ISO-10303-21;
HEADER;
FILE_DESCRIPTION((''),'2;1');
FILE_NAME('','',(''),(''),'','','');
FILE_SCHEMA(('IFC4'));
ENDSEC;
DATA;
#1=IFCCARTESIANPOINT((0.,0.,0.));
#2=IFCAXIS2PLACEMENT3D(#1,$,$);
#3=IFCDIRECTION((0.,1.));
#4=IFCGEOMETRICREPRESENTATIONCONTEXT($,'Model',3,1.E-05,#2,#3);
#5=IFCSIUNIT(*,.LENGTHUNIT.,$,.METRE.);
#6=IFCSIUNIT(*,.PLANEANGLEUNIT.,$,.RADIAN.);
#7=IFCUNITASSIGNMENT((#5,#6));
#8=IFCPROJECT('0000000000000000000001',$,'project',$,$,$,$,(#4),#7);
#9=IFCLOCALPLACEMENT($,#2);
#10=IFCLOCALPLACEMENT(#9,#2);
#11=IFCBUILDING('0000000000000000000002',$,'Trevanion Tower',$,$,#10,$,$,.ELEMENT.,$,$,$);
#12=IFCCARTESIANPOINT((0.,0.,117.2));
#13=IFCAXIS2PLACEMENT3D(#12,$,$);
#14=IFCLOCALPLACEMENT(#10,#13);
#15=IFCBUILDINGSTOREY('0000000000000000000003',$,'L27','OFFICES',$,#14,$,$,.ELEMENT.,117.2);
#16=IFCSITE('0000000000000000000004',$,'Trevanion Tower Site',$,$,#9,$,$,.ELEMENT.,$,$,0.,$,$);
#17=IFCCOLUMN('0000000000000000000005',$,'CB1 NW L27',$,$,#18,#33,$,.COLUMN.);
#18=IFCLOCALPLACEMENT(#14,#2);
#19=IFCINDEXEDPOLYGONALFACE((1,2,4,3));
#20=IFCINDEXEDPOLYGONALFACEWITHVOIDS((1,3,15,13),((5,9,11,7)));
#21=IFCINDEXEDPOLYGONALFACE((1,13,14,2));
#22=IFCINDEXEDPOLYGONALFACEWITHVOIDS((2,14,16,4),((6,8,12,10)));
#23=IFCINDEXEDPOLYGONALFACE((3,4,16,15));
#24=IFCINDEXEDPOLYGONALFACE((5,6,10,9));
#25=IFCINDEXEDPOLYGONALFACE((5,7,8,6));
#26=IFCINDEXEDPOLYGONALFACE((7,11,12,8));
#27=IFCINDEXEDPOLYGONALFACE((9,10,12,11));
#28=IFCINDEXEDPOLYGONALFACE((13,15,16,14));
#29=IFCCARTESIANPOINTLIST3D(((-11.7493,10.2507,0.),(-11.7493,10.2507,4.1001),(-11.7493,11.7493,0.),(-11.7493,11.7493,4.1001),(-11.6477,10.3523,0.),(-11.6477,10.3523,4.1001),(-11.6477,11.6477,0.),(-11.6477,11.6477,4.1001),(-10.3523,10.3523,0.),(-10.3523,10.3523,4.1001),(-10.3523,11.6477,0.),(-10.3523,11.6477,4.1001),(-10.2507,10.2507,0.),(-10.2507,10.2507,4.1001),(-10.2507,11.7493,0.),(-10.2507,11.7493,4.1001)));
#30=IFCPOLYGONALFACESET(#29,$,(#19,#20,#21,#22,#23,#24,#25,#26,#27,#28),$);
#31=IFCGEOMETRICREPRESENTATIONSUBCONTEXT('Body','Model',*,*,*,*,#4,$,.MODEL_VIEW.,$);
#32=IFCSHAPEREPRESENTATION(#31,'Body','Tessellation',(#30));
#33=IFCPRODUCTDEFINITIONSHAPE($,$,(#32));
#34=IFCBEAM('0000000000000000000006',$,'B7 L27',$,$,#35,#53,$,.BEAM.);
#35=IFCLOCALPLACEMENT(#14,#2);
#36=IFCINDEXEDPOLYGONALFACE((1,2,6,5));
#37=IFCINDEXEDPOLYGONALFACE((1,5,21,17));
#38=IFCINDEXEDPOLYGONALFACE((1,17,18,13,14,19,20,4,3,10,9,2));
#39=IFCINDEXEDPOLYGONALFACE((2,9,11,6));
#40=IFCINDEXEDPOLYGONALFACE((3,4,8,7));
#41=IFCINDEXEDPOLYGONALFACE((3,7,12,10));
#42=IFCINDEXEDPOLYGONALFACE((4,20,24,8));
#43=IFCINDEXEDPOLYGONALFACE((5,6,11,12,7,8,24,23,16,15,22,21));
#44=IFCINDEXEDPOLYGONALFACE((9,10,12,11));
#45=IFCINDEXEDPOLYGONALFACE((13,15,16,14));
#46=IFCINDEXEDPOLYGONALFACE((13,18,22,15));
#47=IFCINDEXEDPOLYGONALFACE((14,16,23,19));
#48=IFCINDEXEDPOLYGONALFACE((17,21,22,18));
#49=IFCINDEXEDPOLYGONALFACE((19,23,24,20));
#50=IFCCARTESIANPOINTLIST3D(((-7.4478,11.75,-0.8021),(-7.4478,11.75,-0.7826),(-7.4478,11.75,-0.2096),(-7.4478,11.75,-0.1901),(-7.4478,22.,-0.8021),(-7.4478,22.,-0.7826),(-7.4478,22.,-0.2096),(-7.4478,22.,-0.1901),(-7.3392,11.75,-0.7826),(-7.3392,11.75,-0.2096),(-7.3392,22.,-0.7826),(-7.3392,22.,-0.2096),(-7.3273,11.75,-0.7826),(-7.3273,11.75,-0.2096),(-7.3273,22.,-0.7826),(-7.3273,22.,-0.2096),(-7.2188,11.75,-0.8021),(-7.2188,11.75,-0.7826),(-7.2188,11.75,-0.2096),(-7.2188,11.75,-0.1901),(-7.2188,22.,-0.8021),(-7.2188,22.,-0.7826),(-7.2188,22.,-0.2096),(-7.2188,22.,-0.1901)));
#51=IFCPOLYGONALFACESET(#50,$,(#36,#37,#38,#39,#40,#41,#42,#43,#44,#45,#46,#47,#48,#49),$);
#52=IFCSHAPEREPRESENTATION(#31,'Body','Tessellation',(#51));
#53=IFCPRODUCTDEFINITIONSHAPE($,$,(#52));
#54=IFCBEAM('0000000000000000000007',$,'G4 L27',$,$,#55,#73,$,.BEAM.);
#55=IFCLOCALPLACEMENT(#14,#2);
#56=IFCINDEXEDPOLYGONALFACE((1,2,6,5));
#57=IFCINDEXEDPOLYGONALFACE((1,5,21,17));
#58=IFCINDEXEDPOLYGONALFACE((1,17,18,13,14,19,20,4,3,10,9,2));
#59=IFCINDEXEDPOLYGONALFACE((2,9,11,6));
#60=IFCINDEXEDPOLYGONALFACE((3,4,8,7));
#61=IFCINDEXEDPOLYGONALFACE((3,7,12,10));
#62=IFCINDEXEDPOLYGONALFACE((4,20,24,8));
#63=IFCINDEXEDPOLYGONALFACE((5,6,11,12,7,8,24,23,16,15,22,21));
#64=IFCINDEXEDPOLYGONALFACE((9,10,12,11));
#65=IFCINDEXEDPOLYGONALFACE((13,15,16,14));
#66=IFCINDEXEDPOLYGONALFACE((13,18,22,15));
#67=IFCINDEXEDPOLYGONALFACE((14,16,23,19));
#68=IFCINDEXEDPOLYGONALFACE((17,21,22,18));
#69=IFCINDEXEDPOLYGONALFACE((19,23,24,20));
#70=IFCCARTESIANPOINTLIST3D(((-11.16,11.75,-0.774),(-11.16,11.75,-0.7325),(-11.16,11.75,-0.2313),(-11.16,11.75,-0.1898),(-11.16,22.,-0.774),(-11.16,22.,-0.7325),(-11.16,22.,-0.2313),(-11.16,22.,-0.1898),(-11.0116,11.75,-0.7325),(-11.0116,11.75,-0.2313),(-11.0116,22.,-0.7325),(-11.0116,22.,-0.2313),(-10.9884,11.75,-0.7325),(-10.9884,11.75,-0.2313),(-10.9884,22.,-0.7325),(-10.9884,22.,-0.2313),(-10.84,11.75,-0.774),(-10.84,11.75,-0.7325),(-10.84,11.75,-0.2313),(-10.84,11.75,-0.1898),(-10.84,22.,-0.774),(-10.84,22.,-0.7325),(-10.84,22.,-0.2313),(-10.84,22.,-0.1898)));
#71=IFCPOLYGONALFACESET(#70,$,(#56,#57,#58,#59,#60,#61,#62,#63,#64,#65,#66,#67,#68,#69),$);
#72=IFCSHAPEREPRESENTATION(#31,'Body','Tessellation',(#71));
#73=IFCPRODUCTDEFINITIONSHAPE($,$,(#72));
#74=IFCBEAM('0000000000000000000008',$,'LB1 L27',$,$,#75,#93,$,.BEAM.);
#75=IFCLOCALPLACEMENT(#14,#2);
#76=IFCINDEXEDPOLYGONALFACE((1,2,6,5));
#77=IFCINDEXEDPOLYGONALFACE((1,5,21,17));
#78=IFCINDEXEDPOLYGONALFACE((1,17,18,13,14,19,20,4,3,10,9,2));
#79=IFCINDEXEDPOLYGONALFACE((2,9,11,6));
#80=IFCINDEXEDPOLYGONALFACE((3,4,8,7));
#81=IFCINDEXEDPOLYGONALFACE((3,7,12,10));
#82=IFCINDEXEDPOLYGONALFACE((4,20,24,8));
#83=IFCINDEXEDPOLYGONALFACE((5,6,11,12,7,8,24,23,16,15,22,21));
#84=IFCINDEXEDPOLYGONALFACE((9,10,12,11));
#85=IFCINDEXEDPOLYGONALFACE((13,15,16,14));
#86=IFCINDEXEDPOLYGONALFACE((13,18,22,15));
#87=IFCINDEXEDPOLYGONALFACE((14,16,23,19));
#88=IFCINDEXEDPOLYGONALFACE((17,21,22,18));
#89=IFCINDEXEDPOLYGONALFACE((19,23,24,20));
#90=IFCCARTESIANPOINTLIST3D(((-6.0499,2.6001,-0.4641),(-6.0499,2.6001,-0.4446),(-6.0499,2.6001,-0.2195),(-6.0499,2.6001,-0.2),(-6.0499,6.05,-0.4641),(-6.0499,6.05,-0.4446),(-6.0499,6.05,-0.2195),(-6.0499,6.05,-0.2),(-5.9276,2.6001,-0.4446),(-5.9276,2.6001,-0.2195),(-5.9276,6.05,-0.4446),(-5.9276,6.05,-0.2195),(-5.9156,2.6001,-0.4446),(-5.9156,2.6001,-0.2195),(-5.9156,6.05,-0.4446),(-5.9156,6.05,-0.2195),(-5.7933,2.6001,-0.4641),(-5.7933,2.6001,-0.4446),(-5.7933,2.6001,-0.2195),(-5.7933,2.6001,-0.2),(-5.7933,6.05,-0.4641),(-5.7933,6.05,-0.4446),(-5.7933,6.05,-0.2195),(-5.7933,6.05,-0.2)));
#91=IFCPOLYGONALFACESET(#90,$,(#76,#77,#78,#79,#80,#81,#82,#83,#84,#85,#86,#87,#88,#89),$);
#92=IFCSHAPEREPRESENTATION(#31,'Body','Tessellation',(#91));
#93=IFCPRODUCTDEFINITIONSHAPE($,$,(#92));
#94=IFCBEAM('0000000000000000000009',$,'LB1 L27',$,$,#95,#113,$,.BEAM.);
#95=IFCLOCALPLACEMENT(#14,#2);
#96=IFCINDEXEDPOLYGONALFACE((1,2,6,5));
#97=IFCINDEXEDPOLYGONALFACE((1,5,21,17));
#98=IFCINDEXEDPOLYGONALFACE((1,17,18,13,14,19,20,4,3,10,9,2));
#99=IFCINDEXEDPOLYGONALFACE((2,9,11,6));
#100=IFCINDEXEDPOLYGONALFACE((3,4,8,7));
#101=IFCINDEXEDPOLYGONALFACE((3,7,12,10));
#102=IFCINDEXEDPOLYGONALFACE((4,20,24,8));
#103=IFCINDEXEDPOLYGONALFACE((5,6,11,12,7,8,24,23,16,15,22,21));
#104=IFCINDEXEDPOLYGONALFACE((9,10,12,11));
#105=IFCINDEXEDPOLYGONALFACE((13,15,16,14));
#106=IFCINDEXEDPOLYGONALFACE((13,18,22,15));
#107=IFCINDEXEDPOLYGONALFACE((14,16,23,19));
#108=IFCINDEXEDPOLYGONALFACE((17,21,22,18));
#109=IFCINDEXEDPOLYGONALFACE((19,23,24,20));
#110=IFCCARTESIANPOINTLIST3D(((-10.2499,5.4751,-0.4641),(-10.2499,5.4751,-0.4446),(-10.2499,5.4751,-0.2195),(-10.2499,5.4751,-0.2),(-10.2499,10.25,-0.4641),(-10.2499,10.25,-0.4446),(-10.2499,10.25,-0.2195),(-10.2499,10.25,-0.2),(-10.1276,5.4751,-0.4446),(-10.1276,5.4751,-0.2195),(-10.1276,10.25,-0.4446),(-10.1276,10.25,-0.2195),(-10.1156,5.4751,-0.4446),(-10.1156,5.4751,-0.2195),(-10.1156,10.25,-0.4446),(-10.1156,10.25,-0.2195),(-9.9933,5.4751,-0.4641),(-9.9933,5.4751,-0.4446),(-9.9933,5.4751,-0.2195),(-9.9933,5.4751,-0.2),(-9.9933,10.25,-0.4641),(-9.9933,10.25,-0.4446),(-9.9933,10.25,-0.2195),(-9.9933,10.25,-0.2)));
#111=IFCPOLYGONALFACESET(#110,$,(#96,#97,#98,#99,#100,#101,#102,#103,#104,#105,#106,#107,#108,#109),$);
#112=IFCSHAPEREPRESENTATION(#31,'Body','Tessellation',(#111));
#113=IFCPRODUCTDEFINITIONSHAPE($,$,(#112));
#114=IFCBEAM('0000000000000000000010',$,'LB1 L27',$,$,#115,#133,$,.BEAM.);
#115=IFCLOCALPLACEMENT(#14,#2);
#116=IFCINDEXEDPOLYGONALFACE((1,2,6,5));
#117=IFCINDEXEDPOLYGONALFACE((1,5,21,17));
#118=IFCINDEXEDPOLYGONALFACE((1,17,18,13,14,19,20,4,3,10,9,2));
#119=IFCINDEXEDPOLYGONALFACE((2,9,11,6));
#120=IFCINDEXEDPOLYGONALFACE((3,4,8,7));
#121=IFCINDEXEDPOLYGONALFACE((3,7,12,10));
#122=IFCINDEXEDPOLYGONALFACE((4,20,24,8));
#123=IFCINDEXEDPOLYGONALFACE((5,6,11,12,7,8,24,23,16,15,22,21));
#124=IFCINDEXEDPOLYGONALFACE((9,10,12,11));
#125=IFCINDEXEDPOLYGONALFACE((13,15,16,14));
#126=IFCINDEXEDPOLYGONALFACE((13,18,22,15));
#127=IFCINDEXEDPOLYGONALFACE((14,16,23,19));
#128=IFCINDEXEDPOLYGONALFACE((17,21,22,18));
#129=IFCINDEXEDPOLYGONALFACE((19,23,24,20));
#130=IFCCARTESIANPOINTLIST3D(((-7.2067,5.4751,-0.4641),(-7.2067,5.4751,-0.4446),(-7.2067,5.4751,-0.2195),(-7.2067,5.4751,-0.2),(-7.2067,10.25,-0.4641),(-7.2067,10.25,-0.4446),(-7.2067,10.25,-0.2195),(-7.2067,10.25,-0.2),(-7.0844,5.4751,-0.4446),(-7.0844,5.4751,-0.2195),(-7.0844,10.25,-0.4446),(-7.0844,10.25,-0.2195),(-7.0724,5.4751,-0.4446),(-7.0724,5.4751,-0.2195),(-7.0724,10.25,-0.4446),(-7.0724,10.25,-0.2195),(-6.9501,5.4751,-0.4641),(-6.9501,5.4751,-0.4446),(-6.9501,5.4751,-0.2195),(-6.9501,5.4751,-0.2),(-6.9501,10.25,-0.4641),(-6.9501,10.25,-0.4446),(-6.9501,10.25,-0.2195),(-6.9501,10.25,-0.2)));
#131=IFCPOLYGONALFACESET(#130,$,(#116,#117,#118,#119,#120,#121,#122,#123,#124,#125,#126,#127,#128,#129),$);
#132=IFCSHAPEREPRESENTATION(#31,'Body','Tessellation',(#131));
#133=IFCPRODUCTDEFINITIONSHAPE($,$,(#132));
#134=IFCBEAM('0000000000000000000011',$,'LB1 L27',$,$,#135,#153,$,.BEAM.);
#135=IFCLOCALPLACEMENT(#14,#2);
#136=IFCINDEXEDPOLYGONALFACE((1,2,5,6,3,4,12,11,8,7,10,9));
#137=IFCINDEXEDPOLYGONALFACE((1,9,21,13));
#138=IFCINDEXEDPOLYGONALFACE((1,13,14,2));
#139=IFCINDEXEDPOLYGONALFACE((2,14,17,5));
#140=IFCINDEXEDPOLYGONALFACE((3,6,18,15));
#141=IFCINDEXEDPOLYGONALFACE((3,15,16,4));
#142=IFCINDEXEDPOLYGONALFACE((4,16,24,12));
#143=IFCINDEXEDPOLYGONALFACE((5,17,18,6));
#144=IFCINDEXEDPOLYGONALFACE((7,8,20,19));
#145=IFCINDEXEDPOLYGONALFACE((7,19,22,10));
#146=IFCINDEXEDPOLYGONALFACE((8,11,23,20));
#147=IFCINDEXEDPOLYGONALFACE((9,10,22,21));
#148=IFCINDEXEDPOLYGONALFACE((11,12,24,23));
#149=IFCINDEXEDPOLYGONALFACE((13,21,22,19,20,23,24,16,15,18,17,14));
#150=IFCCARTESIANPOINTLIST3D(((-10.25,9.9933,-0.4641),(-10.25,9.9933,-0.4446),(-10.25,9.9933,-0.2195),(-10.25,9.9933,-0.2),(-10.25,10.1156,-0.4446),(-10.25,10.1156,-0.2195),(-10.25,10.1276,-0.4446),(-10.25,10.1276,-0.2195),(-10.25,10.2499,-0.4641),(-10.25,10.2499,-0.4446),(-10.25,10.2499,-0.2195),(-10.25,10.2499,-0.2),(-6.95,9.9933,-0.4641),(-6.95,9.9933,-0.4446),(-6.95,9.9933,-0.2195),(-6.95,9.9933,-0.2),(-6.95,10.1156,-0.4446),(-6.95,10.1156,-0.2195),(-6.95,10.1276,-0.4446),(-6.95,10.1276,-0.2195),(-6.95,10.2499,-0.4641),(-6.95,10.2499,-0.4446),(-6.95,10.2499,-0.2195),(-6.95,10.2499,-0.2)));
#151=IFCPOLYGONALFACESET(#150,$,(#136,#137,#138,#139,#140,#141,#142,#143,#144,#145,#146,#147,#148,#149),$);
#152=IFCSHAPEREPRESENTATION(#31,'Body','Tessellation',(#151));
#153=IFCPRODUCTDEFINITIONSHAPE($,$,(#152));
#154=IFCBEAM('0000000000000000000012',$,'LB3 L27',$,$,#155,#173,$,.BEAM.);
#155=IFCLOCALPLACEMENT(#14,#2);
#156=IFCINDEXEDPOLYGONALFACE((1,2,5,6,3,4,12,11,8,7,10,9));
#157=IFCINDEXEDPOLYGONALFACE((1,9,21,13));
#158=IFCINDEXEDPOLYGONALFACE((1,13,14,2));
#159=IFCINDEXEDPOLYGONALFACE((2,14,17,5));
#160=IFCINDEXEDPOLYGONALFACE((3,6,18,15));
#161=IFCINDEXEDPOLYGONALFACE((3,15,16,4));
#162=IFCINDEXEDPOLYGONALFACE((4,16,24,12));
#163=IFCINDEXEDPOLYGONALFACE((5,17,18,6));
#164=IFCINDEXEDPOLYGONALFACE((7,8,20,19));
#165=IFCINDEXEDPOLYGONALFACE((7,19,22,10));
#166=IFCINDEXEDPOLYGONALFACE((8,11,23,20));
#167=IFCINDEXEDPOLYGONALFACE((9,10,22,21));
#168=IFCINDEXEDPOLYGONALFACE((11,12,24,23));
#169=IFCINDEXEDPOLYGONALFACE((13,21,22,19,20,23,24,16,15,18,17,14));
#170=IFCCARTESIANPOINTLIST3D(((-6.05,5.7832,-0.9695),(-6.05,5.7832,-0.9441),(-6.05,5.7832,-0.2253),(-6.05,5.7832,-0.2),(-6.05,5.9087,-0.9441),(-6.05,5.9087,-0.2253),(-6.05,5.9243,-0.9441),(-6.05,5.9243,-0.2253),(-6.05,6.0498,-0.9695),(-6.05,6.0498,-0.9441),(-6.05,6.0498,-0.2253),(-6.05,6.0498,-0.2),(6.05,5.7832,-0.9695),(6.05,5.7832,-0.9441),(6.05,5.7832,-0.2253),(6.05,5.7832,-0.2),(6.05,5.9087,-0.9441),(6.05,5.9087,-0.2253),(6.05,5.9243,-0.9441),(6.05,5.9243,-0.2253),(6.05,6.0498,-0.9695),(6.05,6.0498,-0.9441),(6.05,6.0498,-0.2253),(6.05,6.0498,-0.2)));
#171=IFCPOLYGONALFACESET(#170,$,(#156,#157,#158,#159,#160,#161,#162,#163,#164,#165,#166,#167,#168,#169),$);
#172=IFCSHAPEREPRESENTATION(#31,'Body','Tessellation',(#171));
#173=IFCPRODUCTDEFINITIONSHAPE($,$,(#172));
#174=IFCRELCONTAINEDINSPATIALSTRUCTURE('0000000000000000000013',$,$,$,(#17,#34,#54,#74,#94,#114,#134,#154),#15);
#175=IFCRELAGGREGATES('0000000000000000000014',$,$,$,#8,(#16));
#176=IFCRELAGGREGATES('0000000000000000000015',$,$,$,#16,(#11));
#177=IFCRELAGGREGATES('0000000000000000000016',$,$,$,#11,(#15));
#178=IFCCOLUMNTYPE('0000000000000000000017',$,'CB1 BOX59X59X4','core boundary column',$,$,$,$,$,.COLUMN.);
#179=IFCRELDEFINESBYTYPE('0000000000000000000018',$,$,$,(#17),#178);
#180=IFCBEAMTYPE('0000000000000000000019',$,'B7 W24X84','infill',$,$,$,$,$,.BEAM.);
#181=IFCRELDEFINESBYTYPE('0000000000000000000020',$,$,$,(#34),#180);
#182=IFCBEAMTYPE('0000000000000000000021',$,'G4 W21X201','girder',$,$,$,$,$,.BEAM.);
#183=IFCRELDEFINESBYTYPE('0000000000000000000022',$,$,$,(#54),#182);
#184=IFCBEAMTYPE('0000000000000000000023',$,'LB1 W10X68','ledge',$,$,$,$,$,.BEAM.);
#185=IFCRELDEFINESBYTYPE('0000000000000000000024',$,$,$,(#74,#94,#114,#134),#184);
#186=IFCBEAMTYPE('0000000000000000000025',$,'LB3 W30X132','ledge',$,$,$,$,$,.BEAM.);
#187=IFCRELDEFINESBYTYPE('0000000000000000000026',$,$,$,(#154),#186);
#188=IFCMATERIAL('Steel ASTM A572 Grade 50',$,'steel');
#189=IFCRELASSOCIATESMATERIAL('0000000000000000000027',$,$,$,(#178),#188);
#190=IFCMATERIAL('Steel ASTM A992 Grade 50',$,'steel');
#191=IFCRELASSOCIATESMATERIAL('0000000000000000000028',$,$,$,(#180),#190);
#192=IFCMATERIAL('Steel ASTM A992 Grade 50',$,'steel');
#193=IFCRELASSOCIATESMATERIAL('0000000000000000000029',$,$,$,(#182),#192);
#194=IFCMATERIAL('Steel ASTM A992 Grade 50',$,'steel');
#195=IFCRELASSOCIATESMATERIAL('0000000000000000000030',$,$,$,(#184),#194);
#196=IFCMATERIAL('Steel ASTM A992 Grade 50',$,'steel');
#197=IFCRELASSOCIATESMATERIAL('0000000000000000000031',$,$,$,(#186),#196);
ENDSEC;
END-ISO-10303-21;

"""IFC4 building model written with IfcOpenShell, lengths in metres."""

from ifc_helpers import new_model, si_unit, direction, frame, origin, origin_2d, place, context, subcontext, project, spatial, hollow_rectangle, i_section, extrude, material, material_profile, profile_set, type_object, element, save


model = new_model("IFC4")

# Units and contexts
model_context = context("Model", 3, precision=1e-05, world=origin(), true_north=direction((0.0, 1.0)))
body_context = subcontext(model_context, "Body", "Model", "MODEL_VIEW")
ifc_project = project(units=[si_unit("LENGTHUNIT", "METRE"), si_unit("PLANEANGLEUNIT", "RADIAN")], contexts=[model_context])

# Site, building, storey
site_placement = place(None, origin())
site = spatial("IfcSite", under=ifc_project, at=site_placement, Name="Trevanion Tower Site", CompositionType="ELEMENT", RefElevation=0.0)
building_placement = place(site_placement, origin())
building = spatial("IfcBuilding", under=site, at=building_placement, Name="Trevanion Tower", CompositionType="ELEMENT")
storey_placement = place(building_placement, frame((0.0, 0.0, 117.2)))
storey = spatial("IfcBuildingStorey", under=building, at=storey_placement, Name="L27", Description="OFFICES", CompositionType="ELEMENT", Elevation=117.2)

# Column
ifc_material_1 = material(Name="Steel ASTM A572 Grade 50", Category="steel")
ifc_material_profile_1 = material_profile(ifc_material_1, hollow_rectangle(XDim=1.4985, YDim=1.4985, WallThickness=0.1016, at=origin_2d()), Name="BOX59X59X4")
ifc_profile_set_1 = profile_set([ifc_material_profile_1], Name="Steel ASTM A572 Grade 50")
column_type = type_object("IfcColumnType", Name="CB1 BOX59X59X4", Description="core boundary column", PredefinedType="COLUMN", material=ifc_profile_set_1)
column_placement = place(storey_placement, frame((-11.0, 11.0, 0.0), z_axis=(0.0, 0.0, 1.0), x_axis=(1.0, 0.0, 0.0)))
element("IfcColumn", 1, at=column_placement, inside=storey, type_object=column_type, Name="CB1 NW L27", PredefinedType="COLUMN", context=body_context, shape_type="SweptSolid", body=[
    extrude(hollow_rectangle(XDim=1.4985, YDim=1.4985, WallThickness=0.1016, at=origin_2d()), origin(), (0.0, 0.0, 1.0), 4.1001),
])

# Beams
ifc_material_2 = material(Name="Steel ASTM A992 Grade 50", Category="steel")
ifc_material_profile_2 = material_profile(ifc_material_2, i_section(OverallWidth=0.229, OverallDepth=0.6121, WebThickness=0.012, FlangeThickness=0.0195, at=origin_2d()), Name="W24X84")
ifc_profile_set_2 = profile_set([ifc_material_profile_2], Name="Steel ASTM A992 Grade 50")
beam_type_1 = type_object("IfcBeamType", Name="B7 W24X84", Description="infill", PredefinedType="BEAM", material=ifc_profile_set_2)
beam_1_placement = place(storey_placement, frame((-7.3333, 11.75, -0.4961), z_axis=(0.0, 1.0, 0.0), x_axis=(-1.0, 0.0, 0.0)))
element("IfcBeam", 2, at=beam_1_placement, inside=storey, type_object=beam_type_1, Name="B7 L27", PredefinedType="BEAM", context=body_context, shape_type="SweptSolid", body=[
    extrude(i_section(OverallWidth=0.229, OverallDepth=0.6121, WebThickness=0.012, FlangeThickness=0.0195, at=origin_2d()), origin(), (0.0, 0.0, 1.0), 10.25),
])
ifc_material_3 = material(Name="Steel ASTM A992 Grade 50", Category="steel")
ifc_material_profile_3 = material_profile(ifc_material_3, i_section(OverallWidth=0.3201, OverallDepth=0.5842, WebThickness=0.0232, FlangeThickness=0.0415, at=origin_2d()), Name="W21X201")
ifc_profile_set_3 = profile_set([ifc_material_profile_3], Name="Steel ASTM A992 Grade 50")
beam_type_2 = type_object("IfcBeamType", Name="G4 W21X201", Description="girder", PredefinedType="BEAM", material=ifc_profile_set_3)
beam_2_placement = place(storey_placement, frame((-11.0, 11.75, -0.4819), z_axis=(0.0, 1.0, 0.0), x_axis=(-1.0, 0.0, 0.0)))
element("IfcBeam", 3, at=beam_2_placement, inside=storey, type_object=beam_type_2, Name="G4 L27", PredefinedType="BEAM", context=body_context, shape_type="SweptSolid", body=[
    extrude(i_section(OverallWidth=0.3201, OverallDepth=0.5842, WebThickness=0.0232, FlangeThickness=0.0415, at=origin_2d()), origin(), (0.0, 0.0, 1.0), 10.25),
])
ifc_material_4 = material(Name="Steel ASTM A992 Grade 50", Category="steel")
ifc_material_profile_4 = material_profile(ifc_material_4, i_section(OverallWidth=0.2566, OverallDepth=0.2642, WebThickness=0.012, FlangeThickness=0.0195, at=origin_2d()), Name="W10X68")
ifc_profile_set_4 = profile_set([ifc_material_profile_4], Name="Steel ASTM A992 Grade 50")
beam_type_3 = type_object("IfcBeamType", Name="LB1 W10X68", Description="ledge", PredefinedType="BEAM", material=ifc_profile_set_4)
beam_3_placement = place(storey_placement, frame((-5.9216, 2.6001, -0.332), z_axis=(0.0, 1.0, 0.0), x_axis=(-1.0, 0.0, 0.0)))
element("IfcBeam", 4, at=beam_3_placement, inside=storey, type_object=beam_type_3, Name="LB1 L27", PredefinedType="BEAM", context=body_context, shape_type="SweptSolid", body=[
    extrude(i_section(OverallWidth=0.2566, OverallDepth=0.2642, WebThickness=0.012, FlangeThickness=0.0195, at=origin_2d()), origin(), (0.0, 0.0, 1.0), 3.45),
])
for number, where, z_axis, x_axis, name in (
    (5, (-10.1216, 5.4751, -0.332), (0.0, 1.0, 0.0), (-1.0, 0.0, 0.0), "LB1 L27"),
    (6, (-7.0784, 5.4751, -0.332), (0.0, 1.0, 0.0), (-1.0, 0.0, 0.0), "LB1 L27"),
):
    element("IfcBeam", number, at=place(storey_placement, frame(where, z_axis=z_axis, x_axis=x_axis)), inside=storey, type_object=beam_type_3, Name=name, PredefinedType="BEAM", context=body_context, shape_type="SweptSolid", body=[
        extrude(i_section(OverallWidth=0.2566, OverallDepth=0.2642, WebThickness=0.012, FlangeThickness=0.0195, at=origin_2d()), origin(), (0.0, 0.0, 1.0), 4.7749),
    ])
beam_4_placement = place(storey_placement, frame((-10.25, 10.1216, -0.332), z_axis=(1.0, 0.0, 0.0), x_axis=(0.0, 1.0, 0.0)))
element("IfcBeam", 7, at=beam_4_placement, inside=storey, type_object=beam_type_3, Name="LB1 L27", PredefinedType="BEAM", context=body_context, shape_type="SweptSolid", body=[
    extrude(i_section(OverallWidth=0.2566, OverallDepth=0.2642, WebThickness=0.012, FlangeThickness=0.0195, at=origin_2d()), origin(), (0.0, 0.0, 1.0), 3.3),
])
ifc_material_5 = material(Name="Steel ASTM A992 Grade 50", Category="steel")
ifc_material_profile_5 = material_profile(ifc_material_5, i_section(OverallWidth=0.2666, OverallDepth=0.7695, WebThickness=0.0156, FlangeThickness=0.0254, at=origin_2d()), Name="W30X132")
ifc_profile_set_5 = profile_set([ifc_material_profile_5], Name="Steel ASTM A992 Grade 50")
beam_type_4 = type_object("IfcBeamType", Name="LB3 W30X132", Description="ledge", PredefinedType="BEAM", material=ifc_profile_set_5)
beam_5_placement = place(storey_placement, frame((-6.05, 5.9165, -0.5847), z_axis=(1.0, 0.0, 0.0), x_axis=(0.0, 1.0, 0.0)))
element("IfcBeam", 8, at=beam_5_placement, inside=storey, type_object=beam_type_4, Name="LB3 L27", PredefinedType="BEAM", context=body_context, shape_type="SweptSolid", body=[
    extrude(i_section(OverallWidth=0.2666, OverallDepth=0.7695, WebThickness=0.0156, FlangeThickness=0.0254, at=origin_2d()), origin(), (0.0, 0.0, 1.0), 12.1001),
])

save(model, "model.ifc")
